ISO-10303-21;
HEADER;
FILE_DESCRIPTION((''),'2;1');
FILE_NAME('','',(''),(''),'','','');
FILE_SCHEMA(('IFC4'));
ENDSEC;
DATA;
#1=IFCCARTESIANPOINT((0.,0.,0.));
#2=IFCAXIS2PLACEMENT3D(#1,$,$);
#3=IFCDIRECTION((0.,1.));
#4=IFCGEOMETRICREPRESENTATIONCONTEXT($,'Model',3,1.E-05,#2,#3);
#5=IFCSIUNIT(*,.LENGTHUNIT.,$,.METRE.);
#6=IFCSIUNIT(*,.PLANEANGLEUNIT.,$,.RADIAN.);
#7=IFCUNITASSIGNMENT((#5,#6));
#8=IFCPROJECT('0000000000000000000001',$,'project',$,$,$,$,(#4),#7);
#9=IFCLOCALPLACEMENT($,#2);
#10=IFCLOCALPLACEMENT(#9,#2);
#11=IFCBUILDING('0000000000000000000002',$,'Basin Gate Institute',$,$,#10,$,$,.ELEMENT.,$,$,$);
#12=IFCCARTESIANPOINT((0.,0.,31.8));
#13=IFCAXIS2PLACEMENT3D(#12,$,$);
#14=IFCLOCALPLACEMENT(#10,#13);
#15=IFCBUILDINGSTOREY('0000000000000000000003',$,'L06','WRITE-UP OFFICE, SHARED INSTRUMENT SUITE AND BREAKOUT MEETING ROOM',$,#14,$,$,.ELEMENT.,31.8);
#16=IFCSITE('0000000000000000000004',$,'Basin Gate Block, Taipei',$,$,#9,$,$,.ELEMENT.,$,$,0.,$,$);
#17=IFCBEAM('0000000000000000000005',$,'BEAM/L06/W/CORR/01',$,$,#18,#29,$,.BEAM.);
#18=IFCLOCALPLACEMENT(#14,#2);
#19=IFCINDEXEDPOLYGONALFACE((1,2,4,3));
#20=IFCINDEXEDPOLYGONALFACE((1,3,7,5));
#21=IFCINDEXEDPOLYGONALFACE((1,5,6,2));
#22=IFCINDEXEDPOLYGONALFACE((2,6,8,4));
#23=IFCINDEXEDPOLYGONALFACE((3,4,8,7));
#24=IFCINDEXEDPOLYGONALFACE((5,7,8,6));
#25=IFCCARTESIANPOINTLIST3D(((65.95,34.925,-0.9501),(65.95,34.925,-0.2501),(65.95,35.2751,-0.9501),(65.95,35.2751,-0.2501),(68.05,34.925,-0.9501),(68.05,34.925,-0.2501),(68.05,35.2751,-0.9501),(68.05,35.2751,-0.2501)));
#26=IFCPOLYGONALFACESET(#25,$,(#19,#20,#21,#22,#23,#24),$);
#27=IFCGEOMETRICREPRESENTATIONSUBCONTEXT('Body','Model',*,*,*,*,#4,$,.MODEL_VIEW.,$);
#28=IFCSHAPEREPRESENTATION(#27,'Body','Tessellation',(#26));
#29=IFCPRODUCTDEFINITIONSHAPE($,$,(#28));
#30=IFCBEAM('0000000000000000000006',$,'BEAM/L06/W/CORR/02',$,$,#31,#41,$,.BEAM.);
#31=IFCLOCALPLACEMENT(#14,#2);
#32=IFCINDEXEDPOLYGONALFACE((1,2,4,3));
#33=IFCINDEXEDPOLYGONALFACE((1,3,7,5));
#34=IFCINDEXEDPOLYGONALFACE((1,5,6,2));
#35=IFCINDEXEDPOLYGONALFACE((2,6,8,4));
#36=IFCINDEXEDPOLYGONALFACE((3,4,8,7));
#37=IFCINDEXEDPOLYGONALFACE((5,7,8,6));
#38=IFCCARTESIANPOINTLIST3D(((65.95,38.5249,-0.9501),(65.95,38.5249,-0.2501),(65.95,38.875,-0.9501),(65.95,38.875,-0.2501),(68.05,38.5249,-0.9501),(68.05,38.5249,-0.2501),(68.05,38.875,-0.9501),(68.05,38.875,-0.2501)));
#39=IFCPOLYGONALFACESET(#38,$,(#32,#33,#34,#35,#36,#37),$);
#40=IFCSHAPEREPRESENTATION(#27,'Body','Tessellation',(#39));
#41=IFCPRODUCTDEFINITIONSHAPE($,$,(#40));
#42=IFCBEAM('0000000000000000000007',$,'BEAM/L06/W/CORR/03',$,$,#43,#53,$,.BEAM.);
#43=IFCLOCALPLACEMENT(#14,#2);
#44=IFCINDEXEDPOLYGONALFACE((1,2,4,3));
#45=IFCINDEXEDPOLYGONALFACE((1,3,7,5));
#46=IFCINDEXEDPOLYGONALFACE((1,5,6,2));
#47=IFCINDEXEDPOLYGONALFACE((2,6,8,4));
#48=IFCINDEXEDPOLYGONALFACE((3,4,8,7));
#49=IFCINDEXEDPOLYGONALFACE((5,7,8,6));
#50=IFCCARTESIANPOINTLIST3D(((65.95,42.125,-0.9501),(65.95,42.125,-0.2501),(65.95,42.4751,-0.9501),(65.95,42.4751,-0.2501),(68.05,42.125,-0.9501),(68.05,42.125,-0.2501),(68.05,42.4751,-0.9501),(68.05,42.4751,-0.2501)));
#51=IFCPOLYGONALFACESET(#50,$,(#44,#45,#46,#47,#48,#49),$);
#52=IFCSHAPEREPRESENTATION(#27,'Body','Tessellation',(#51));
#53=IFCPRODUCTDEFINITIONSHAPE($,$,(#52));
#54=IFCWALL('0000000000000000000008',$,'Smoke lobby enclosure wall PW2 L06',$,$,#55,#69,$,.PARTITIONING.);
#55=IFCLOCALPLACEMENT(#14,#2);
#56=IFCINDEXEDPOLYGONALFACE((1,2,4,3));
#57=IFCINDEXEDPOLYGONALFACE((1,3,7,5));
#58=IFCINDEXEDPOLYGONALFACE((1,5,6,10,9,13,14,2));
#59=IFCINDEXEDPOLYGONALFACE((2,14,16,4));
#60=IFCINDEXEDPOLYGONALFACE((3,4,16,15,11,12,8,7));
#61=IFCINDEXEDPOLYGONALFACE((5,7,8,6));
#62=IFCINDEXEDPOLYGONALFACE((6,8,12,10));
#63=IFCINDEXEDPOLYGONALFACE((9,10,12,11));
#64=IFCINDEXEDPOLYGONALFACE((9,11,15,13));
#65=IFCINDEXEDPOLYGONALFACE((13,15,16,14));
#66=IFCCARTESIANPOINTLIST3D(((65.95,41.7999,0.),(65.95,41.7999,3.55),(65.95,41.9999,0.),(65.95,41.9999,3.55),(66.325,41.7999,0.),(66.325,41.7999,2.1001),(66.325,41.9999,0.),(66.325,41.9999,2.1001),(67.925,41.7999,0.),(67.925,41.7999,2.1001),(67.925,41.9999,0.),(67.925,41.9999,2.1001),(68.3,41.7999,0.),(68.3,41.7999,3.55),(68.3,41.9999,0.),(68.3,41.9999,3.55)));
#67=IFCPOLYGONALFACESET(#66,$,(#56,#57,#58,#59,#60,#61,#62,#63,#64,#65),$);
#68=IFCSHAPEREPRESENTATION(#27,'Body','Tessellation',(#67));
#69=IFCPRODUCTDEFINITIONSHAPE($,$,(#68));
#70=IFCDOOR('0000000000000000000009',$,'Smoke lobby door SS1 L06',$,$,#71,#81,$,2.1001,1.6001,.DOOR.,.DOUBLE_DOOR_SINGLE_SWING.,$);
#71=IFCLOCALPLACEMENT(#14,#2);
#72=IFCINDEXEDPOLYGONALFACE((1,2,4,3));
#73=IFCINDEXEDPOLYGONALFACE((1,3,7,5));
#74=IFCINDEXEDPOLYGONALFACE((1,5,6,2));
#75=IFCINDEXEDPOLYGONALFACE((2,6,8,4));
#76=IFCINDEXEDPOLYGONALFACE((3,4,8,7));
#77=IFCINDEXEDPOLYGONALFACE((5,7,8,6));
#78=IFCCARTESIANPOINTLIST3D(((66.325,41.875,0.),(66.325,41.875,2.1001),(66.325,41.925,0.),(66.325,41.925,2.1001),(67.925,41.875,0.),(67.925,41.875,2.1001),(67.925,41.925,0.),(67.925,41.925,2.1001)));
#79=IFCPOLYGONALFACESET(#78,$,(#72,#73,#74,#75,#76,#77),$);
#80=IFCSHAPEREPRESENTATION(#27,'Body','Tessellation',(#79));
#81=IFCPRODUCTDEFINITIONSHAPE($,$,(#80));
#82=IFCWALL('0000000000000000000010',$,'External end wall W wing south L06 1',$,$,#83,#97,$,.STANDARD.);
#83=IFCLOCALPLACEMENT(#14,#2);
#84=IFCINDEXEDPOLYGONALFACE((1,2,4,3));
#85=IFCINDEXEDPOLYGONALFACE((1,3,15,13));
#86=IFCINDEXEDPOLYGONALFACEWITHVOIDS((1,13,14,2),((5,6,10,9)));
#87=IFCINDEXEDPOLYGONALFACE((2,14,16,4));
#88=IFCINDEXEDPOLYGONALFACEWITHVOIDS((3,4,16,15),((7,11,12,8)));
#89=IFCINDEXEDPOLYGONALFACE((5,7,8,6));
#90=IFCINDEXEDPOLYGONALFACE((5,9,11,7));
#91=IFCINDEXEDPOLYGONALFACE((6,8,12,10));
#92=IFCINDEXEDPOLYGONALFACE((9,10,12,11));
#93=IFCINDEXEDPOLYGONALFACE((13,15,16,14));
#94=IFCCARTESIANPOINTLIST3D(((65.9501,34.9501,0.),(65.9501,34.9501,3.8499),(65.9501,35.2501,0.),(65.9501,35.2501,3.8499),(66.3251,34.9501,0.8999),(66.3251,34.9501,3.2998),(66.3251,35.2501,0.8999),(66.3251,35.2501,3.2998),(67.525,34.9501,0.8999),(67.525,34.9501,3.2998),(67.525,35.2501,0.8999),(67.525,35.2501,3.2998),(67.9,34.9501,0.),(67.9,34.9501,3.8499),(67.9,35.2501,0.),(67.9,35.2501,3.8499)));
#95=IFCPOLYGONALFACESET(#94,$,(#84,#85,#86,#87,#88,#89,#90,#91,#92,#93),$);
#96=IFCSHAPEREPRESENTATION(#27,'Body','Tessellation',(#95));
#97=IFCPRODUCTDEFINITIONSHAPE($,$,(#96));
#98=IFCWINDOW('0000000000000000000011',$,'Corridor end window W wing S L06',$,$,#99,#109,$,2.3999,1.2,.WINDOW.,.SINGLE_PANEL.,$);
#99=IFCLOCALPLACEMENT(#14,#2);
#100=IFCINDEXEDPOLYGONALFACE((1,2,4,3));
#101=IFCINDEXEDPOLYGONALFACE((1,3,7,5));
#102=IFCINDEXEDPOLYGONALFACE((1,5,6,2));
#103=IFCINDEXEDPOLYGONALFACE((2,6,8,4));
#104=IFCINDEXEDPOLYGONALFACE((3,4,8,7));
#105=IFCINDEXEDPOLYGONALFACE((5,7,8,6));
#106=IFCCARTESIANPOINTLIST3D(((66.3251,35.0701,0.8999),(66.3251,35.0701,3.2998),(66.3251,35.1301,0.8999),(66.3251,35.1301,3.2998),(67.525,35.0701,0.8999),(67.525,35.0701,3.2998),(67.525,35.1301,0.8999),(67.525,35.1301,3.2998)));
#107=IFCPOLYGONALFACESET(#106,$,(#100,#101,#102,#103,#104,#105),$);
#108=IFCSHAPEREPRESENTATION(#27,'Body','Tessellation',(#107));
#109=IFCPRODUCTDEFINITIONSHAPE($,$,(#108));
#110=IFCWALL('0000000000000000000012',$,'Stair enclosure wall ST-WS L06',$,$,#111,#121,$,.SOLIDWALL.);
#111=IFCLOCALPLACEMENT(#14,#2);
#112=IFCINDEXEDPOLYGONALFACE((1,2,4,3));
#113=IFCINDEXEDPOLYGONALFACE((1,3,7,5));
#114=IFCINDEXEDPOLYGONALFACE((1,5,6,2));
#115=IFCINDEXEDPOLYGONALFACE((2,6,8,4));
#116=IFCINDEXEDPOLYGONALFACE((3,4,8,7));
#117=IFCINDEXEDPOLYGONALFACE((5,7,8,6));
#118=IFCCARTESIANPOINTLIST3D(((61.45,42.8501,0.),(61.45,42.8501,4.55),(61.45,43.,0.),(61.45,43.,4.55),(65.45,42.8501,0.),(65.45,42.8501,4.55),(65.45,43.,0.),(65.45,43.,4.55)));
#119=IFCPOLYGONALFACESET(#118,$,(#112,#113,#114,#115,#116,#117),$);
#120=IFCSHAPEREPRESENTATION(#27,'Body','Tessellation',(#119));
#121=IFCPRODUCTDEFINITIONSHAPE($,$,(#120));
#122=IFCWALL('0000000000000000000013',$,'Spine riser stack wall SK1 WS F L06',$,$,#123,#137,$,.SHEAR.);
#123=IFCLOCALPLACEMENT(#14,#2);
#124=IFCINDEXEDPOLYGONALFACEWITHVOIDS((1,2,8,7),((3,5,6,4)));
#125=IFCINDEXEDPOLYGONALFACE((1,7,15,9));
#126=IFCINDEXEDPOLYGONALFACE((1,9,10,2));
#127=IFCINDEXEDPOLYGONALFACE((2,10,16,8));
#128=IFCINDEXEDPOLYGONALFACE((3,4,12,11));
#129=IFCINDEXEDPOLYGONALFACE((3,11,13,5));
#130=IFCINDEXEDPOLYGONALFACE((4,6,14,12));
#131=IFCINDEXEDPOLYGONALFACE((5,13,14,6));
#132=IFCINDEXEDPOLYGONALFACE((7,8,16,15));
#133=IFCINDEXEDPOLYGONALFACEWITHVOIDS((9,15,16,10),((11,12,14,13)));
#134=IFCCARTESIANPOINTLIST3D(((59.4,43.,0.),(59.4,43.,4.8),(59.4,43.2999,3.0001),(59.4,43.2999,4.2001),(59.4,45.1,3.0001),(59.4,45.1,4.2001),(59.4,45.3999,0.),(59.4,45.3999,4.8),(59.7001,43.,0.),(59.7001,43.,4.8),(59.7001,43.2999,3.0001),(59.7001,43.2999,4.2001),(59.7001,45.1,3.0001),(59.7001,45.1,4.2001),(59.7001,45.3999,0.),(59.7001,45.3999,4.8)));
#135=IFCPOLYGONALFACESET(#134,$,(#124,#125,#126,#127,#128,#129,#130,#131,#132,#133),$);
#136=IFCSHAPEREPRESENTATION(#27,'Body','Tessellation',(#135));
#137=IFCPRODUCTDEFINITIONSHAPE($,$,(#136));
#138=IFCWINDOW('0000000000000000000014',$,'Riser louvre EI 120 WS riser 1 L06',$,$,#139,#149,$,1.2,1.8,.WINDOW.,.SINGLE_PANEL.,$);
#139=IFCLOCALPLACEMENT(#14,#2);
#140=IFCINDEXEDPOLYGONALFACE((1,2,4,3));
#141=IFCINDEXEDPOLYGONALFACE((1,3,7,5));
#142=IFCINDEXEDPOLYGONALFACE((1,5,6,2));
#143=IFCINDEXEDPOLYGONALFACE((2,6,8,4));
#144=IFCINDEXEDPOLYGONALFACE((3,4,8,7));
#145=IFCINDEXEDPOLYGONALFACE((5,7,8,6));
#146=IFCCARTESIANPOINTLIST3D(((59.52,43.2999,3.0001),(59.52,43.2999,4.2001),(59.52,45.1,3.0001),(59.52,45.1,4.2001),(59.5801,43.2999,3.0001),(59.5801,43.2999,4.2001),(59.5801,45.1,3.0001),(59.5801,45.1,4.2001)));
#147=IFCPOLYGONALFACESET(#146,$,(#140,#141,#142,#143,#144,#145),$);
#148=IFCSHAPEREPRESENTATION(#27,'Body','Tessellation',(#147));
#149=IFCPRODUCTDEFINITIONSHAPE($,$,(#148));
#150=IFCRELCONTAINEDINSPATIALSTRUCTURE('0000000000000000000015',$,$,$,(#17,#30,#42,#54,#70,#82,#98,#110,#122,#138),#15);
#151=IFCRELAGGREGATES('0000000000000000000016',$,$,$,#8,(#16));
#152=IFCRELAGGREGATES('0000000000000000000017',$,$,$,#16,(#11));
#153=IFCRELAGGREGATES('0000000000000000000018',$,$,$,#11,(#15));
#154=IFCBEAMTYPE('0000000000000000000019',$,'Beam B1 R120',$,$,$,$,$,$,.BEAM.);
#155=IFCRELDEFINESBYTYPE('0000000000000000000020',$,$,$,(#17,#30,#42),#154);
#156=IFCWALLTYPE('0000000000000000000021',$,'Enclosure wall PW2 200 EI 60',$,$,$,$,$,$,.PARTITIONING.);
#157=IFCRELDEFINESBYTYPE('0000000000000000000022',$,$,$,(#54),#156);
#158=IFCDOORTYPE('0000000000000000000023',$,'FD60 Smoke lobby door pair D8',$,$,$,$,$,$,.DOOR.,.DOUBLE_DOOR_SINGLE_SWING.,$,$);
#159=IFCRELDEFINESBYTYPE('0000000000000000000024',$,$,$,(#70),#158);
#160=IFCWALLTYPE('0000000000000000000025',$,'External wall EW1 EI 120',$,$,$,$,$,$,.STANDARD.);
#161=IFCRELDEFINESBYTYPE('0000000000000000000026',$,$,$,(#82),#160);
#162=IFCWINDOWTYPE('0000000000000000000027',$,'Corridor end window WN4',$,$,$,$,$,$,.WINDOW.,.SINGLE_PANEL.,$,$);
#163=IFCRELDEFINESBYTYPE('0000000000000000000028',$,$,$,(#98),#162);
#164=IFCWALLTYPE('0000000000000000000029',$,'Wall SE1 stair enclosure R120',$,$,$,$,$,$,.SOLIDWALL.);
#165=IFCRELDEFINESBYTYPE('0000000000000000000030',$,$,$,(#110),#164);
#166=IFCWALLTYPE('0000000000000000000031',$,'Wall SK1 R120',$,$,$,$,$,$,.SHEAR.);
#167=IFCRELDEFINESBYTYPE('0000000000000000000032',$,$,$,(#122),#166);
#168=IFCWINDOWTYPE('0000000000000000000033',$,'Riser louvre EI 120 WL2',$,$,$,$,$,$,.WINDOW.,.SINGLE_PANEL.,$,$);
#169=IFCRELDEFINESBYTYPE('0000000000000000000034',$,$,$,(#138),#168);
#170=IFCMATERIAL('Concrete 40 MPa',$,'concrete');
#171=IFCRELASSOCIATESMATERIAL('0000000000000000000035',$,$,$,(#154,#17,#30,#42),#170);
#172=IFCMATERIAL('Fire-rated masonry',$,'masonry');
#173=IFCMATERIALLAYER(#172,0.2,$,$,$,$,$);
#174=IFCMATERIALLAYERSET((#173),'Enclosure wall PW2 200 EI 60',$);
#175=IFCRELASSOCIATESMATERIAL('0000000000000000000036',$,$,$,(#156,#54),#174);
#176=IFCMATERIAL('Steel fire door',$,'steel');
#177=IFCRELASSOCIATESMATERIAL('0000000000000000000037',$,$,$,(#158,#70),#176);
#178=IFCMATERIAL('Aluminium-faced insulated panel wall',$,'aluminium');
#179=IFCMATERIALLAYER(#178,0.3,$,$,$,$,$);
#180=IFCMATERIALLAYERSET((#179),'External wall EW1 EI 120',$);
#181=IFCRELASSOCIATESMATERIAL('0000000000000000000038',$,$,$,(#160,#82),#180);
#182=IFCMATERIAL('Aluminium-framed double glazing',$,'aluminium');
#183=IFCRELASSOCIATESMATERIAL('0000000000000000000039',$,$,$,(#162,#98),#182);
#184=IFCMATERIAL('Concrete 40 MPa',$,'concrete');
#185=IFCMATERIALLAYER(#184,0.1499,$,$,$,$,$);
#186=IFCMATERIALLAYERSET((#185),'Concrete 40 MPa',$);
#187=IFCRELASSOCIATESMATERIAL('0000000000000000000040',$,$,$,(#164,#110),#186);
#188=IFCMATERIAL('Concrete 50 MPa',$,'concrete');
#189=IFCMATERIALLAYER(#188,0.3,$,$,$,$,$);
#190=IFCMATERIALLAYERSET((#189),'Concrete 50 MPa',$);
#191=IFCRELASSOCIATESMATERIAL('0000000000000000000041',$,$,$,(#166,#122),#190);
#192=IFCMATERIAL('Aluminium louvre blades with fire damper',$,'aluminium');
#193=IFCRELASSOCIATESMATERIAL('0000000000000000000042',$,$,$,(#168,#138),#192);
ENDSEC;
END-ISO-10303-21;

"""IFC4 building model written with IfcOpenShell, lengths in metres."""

from ifc_helpers import new_model, si_unit, direction, frame, frame_2d, origin, origin_2d, place, context, subcontext, project, spatial, rectangle, extrude, material, layer, layer_set, material_profile, profile_set, type_object, element, fill, save


model = new_model("IFC4")

# Units and contexts
model_context = context("Model", 3, precision=1e-05, world=origin(), true_north=direction((0.0, 1.0)))
body_context = subcontext(model_context, "Body", "Model", "MODEL_VIEW")
ifc_project = project(units=[si_unit("LENGTHUNIT", "METRE"), si_unit("PLANEANGLEUNIT", "RADIAN")], contexts=[model_context])

# Site, building, storey
site_placement = place(None, origin())
site = spatial("IfcSite", under=ifc_project, at=site_placement, Name="Basin Gate Block, Taipei", CompositionType="ELEMENT", RefElevation=0.0)
building_placement = place(site_placement, origin())
building = spatial("IfcBuilding", under=site, at=building_placement, Name="Basin Gate Institute", CompositionType="ELEMENT")
storey_placement = place(building_placement, frame((0.0, 0.0, 31.8)))
storey = spatial("IfcBuildingStorey", under=building, at=storey_placement, Name="L06", Description="WRITE-UP OFFICE, SHARED INSTRUMENT SUITE AND BREAKOUT MEETING ROOM", CompositionType="ELEMENT", Elevation=31.8)

# Beams
ifc_material_1 = material(Name="Concrete 40 MPa", Category="concrete")
ifc_material_profile = material_profile(ifc_material_1, rectangle(XDim=0.3501, YDim=0.7, at=origin_2d()), Name="Beam B1 350 x 700")
ifc_profile_set = profile_set([ifc_material_profile], Name="Concrete 40 MPa")
beam_type = type_object("IfcBeamType", Name="Beam B1 R120", PredefinedType="BEAM", material=ifc_profile_set)
for number, where, z_axis, x_axis, name in (
    (1, (65.95, 35.1001, -0.6001), (1.0, 0.0, 0.0), (0.0, 1.0, 0.0), "BEAM/L06/W/CORR/01"),
    (2, (65.95, 38.7, -0.6001), (1.0, 0.0, 0.0), (0.0, 1.0, 0.0), "BEAM/L06/W/CORR/02"),
    (3, (65.95, 42.3, -0.6001), (1.0, 0.0, 0.0), (0.0, 1.0, 0.0), "BEAM/L06/W/CORR/03"),
):
    element("IfcBeam", number, at=place(storey_placement, frame(where, z_axis=z_axis, x_axis=x_axis)), inside=storey, type_object=beam_type, material=ifc_profile_set, Name=name, PredefinedType="BEAM", context=body_context, shape_type="SweptSolid", body=[
        extrude(rectangle(XDim=0.3501, YDim=0.7, at=origin_2d()), origin(), (0.0, 0.0, 1.0), 2.1001),
    ])

# Wall, opening, door
ifc_material_2 = material(Name="Fire-rated masonry", Category="masonry")
ifc_layer_1 = layer(ifc_material_2, 0.2)
ifc_layer_set_1 = layer_set([ifc_layer_1], Name="Enclosure wall PW2 200 EI 60")
wall_type_1 = type_object("IfcWallType", Name="Enclosure wall PW2 200 EI 60", PredefinedType="PARTITIONING", material=ifc_layer_set_1)
wall_1_placement = place(storey_placement, frame((65.95, 41.8999, 0.0), z_axis=(0.0, 0.0, 1.0), x_axis=(1.0, 0.0, 0.0)))
wall_1 = element("IfcWall", 4, at=wall_1_placement, inside=storey, type_object=wall_type_1, material=ifc_layer_set_1, Name="Smoke lobby enclosure wall PW2 L06", PredefinedType="PARTITIONING", context=body_context, shape_type="SweptSolid", body=[
    extrude(rectangle(XDim=2.3501, YDim=0.2, at=frame_2d((1.175, 0.0))), origin(), (0.0, 0.0, 1.0), 3.55),
])
opening_1_placement = place(wall_1_placement, frame((0.375, 0.0, 0.0)))
opening_1 = element("IfcOpeningElement", 5, at=opening_1_placement, cuts=wall_1, PredefinedType="OPENING", context=body_context, shape_type="SweptSolid", body=[
    extrude(rectangle(XDim=1.6001, YDim=2.1001, at=frame_2d((0.8, 1.05))), frame((0.0, 0.1099, 0.0), z_axis=(0.0, -1.0, 0.0), x_axis=(1.0, 0.0, 0.0)), (0.0, 0.0, 1.0), 0.22),
])
ifc_material_3 = material(Name="Steel fire door", Category="steel")
door_type_1 = type_object("IfcDoorType", Name="FD60 Smoke lobby door pair D8", OperationType="DOUBLE_DOOR_SINGLE_SWING", PredefinedType="DOOR", material=ifc_material_3)
door_1_placement = place(opening_1_placement, frame((1.6001, 0.0, 0.0), z_axis=(0.0, 0.0, 1.0), x_axis=(-1.0, 0.0, 0.0)))
door_1 = element("IfcDoor", 6, at=door_1_placement, inside=storey, type_object=door_type_1, material=ifc_material_3, Name="Smoke lobby door SS1 L06", OperationType="DOUBLE_DOOR_SINGLE_SWING", OverallHeight=2.1001, OverallWidth=1.6001, PredefinedType="DOOR", context=body_context, shape_type="SweptSolid", body=[
    extrude(rectangle(XDim=1.6001, YDim=2.1001, at=frame_2d((0.8, 1.05))), frame((0.0, 0.0249, 0.0), z_axis=(0.0, -1.0, 0.0), x_axis=(1.0, 0.0, 0.0)), (0.0, 0.0, 1.0), 0.05),
])
fill(opening_1, door_1)

# Wall, opening, window
ifc_material_4 = material(Name="Aluminium-faced insulated panel wall", Category="aluminium")
ifc_layer_2 = layer(ifc_material_4, 0.3)
ifc_layer_set_2 = layer_set([ifc_layer_2], Name="External wall EW1 EI 120")
wall_type_2 = type_object("IfcWallType", Name="External wall EW1 EI 120", PredefinedType="STANDARD", material=ifc_layer_set_2)
wall_2_placement = place(storey_placement, frame((65.95, 35.1001, 0.0), z_axis=(0.0, 0.0, 1.0), x_axis=(1.0, 0.0, 0.0)))
wall_2 = element("IfcWall", 7, at=wall_2_placement, inside=storey, type_object=wall_type_2, material=ifc_layer_set_2, Name="External end wall W wing south L06 1", PredefinedType="STANDARD", context=body_context, shape_type="SweptSolid", body=[
    extrude(rectangle(XDim=1.95, YDim=0.3, at=frame_2d((0.9751, 0.0))), origin(), (0.0, 0.0, 1.0), 3.8499),
])
opening_2_placement = place(wall_2_placement, frame((0.375, 0.0, 0.8999)))
opening_2 = element("IfcOpeningElement", 8, at=opening_2_placement, cuts=wall_2, PredefinedType="OPENING", context=body_context, shape_type="SweptSolid", body=[
    extrude(rectangle(XDim=1.2, YDim=2.3999, at=frame_2d((0.6001, 1.2))), frame((0.0, 0.1602, 0.0), z_axis=(0.0, -1.0, 0.0), x_axis=(1.0, 0.0, 0.0)), (0.0, 0.0, 1.0), 0.3201),
])
ifc_material_5 = material(Name="Aluminium-framed double glazing", Category="aluminium")
window_type_1 = type_object("IfcWindowType", Name="Corridor end window WN4", PartitioningType="SINGLE_PANEL", PredefinedType="WINDOW", material=ifc_material_5)
window_1_placement = place(opening_2_placement, origin())
window_1 = element("IfcWindow", 9, at=window_1_placement, inside=storey, type_object=window_type_1, material=ifc_material_5, Name="Corridor end window W wing S L06", OverallHeight=2.3999, OverallWidth=1.2, PartitioningType="SINGLE_PANEL", PredefinedType="WINDOW", context=body_context, shape_type="SweptSolid", body=[
    extrude(rectangle(XDim=1.2, YDim=2.3999, at=frame_2d((0.6001, 1.2))), frame((0.0, 0.03, 0.0), z_axis=(0.0, -1.0, 0.0), x_axis=(1.0, 0.0, 0.0)), (0.0, 0.0, 1.0), 0.0601),
])
fill(opening_2, window_1)

# Wall
ifc_material_6 = material(Name="Concrete 40 MPa", Category="concrete")
ifc_layer_3 = layer(ifc_material_6, 0.1499)
ifc_layer_set_3 = layer_set([ifc_layer_3], Name="Concrete 40 MPa")
wall_type_3 = type_object("IfcWallType", Name="Wall SE1 stair enclosure R120", PredefinedType="SOLIDWALL", material=ifc_layer_set_3)
wall_3_placement = place(storey_placement, frame((61.45, 42.925, 0.0), z_axis=(0.0, 0.0, 1.0), x_axis=(1.0, 0.0, 0.0)))
element("IfcWall", 10, at=wall_3_placement, inside=storey, type_object=wall_type_3, material=ifc_layer_set_3, Name="Stair enclosure wall ST-WS L06", PredefinedType="SOLIDWALL", context=body_context, shape_type="SweptSolid", body=[
    extrude(rectangle(XDim=4.0, YDim=0.1499, at=frame_2d((2.0, 0.0))), origin(), (0.0, 0.0, 1.0), 4.55),
])

# Wall, opening, window
ifc_material_7 = material(Name="Concrete 50 MPa", Category="concrete")
ifc_layer_4 = layer(ifc_material_7, 0.3)
ifc_layer_set_4 = layer_set([ifc_layer_4], Name="Concrete 50 MPa")
wall_type_4 = type_object("IfcWallType", Name="Wall SK1 R120", PredefinedType="SHEAR", material=ifc_layer_set_4)
wall_4_placement = place(storey_placement, frame((59.55, 43.0, 0.0), z_axis=(0.0, 0.0, 1.0), x_axis=(0.0, 1.0, 0.0)))
wall_4 = element("IfcWall", 11, at=wall_4_placement, inside=storey, type_object=wall_type_4, material=ifc_layer_set_4, Name="Spine riser stack wall SK1 WS F L06", PredefinedType="SHEAR", context=body_context, shape_type="SweptSolid", body=[
    extrude(rectangle(XDim=2.3999, YDim=0.3, at=frame_2d((1.2, 0.0))), origin(), (0.0, 0.0, 1.0), 4.8),
])
opening_3_placement = place(wall_4_placement, frame((0.3, 0.0, 3.0)))
opening_3 = element("IfcOpeningElement", 12, at=opening_3_placement, cuts=wall_4, PredefinedType="OPENING", context=body_context, shape_type="SweptSolid", body=[
    extrude(rectangle(XDim=1.8, YDim=1.2, at=frame_2d((0.8999, 0.6001))), frame((0.0, 0.1602, 0.0), z_axis=(0.0, -1.0, 0.0), x_axis=(1.0, 0.0, 0.0)), (0.0, 0.0, 1.0), 0.3201),
])
ifc_material_8 = material(Name="Aluminium louvre blades with fire damper", Category="aluminium")
window_type_2 = type_object("IfcWindowType", Name="Riser louvre EI 120 WL2", PartitioningType="SINGLE_PANEL", PredefinedType="WINDOW", material=ifc_material_8)
window_2_placement = place(opening_3_placement, origin())
window_2 = element("IfcWindow", 13, at=window_2_placement, inside=storey, type_object=window_type_2, material=ifc_material_8, Name="Riser louvre EI 120 WS riser 1 L06", OverallHeight=1.2, OverallWidth=1.8, PartitioningType="SINGLE_PANEL", PredefinedType="WINDOW", context=body_context, shape_type="SweptSolid", body=[
    extrude(rectangle(XDim=1.8, YDim=1.2, at=frame_2d((0.8999, 0.6001))), frame((0.0, 0.03, 0.0), z_axis=(0.0, -1.0, 0.0), x_axis=(1.0, 0.0, 0.0)), (0.0, 0.0, 1.0), 0.0601),
])
fill(opening_3, window_2)

save(model, "model.ifc")
